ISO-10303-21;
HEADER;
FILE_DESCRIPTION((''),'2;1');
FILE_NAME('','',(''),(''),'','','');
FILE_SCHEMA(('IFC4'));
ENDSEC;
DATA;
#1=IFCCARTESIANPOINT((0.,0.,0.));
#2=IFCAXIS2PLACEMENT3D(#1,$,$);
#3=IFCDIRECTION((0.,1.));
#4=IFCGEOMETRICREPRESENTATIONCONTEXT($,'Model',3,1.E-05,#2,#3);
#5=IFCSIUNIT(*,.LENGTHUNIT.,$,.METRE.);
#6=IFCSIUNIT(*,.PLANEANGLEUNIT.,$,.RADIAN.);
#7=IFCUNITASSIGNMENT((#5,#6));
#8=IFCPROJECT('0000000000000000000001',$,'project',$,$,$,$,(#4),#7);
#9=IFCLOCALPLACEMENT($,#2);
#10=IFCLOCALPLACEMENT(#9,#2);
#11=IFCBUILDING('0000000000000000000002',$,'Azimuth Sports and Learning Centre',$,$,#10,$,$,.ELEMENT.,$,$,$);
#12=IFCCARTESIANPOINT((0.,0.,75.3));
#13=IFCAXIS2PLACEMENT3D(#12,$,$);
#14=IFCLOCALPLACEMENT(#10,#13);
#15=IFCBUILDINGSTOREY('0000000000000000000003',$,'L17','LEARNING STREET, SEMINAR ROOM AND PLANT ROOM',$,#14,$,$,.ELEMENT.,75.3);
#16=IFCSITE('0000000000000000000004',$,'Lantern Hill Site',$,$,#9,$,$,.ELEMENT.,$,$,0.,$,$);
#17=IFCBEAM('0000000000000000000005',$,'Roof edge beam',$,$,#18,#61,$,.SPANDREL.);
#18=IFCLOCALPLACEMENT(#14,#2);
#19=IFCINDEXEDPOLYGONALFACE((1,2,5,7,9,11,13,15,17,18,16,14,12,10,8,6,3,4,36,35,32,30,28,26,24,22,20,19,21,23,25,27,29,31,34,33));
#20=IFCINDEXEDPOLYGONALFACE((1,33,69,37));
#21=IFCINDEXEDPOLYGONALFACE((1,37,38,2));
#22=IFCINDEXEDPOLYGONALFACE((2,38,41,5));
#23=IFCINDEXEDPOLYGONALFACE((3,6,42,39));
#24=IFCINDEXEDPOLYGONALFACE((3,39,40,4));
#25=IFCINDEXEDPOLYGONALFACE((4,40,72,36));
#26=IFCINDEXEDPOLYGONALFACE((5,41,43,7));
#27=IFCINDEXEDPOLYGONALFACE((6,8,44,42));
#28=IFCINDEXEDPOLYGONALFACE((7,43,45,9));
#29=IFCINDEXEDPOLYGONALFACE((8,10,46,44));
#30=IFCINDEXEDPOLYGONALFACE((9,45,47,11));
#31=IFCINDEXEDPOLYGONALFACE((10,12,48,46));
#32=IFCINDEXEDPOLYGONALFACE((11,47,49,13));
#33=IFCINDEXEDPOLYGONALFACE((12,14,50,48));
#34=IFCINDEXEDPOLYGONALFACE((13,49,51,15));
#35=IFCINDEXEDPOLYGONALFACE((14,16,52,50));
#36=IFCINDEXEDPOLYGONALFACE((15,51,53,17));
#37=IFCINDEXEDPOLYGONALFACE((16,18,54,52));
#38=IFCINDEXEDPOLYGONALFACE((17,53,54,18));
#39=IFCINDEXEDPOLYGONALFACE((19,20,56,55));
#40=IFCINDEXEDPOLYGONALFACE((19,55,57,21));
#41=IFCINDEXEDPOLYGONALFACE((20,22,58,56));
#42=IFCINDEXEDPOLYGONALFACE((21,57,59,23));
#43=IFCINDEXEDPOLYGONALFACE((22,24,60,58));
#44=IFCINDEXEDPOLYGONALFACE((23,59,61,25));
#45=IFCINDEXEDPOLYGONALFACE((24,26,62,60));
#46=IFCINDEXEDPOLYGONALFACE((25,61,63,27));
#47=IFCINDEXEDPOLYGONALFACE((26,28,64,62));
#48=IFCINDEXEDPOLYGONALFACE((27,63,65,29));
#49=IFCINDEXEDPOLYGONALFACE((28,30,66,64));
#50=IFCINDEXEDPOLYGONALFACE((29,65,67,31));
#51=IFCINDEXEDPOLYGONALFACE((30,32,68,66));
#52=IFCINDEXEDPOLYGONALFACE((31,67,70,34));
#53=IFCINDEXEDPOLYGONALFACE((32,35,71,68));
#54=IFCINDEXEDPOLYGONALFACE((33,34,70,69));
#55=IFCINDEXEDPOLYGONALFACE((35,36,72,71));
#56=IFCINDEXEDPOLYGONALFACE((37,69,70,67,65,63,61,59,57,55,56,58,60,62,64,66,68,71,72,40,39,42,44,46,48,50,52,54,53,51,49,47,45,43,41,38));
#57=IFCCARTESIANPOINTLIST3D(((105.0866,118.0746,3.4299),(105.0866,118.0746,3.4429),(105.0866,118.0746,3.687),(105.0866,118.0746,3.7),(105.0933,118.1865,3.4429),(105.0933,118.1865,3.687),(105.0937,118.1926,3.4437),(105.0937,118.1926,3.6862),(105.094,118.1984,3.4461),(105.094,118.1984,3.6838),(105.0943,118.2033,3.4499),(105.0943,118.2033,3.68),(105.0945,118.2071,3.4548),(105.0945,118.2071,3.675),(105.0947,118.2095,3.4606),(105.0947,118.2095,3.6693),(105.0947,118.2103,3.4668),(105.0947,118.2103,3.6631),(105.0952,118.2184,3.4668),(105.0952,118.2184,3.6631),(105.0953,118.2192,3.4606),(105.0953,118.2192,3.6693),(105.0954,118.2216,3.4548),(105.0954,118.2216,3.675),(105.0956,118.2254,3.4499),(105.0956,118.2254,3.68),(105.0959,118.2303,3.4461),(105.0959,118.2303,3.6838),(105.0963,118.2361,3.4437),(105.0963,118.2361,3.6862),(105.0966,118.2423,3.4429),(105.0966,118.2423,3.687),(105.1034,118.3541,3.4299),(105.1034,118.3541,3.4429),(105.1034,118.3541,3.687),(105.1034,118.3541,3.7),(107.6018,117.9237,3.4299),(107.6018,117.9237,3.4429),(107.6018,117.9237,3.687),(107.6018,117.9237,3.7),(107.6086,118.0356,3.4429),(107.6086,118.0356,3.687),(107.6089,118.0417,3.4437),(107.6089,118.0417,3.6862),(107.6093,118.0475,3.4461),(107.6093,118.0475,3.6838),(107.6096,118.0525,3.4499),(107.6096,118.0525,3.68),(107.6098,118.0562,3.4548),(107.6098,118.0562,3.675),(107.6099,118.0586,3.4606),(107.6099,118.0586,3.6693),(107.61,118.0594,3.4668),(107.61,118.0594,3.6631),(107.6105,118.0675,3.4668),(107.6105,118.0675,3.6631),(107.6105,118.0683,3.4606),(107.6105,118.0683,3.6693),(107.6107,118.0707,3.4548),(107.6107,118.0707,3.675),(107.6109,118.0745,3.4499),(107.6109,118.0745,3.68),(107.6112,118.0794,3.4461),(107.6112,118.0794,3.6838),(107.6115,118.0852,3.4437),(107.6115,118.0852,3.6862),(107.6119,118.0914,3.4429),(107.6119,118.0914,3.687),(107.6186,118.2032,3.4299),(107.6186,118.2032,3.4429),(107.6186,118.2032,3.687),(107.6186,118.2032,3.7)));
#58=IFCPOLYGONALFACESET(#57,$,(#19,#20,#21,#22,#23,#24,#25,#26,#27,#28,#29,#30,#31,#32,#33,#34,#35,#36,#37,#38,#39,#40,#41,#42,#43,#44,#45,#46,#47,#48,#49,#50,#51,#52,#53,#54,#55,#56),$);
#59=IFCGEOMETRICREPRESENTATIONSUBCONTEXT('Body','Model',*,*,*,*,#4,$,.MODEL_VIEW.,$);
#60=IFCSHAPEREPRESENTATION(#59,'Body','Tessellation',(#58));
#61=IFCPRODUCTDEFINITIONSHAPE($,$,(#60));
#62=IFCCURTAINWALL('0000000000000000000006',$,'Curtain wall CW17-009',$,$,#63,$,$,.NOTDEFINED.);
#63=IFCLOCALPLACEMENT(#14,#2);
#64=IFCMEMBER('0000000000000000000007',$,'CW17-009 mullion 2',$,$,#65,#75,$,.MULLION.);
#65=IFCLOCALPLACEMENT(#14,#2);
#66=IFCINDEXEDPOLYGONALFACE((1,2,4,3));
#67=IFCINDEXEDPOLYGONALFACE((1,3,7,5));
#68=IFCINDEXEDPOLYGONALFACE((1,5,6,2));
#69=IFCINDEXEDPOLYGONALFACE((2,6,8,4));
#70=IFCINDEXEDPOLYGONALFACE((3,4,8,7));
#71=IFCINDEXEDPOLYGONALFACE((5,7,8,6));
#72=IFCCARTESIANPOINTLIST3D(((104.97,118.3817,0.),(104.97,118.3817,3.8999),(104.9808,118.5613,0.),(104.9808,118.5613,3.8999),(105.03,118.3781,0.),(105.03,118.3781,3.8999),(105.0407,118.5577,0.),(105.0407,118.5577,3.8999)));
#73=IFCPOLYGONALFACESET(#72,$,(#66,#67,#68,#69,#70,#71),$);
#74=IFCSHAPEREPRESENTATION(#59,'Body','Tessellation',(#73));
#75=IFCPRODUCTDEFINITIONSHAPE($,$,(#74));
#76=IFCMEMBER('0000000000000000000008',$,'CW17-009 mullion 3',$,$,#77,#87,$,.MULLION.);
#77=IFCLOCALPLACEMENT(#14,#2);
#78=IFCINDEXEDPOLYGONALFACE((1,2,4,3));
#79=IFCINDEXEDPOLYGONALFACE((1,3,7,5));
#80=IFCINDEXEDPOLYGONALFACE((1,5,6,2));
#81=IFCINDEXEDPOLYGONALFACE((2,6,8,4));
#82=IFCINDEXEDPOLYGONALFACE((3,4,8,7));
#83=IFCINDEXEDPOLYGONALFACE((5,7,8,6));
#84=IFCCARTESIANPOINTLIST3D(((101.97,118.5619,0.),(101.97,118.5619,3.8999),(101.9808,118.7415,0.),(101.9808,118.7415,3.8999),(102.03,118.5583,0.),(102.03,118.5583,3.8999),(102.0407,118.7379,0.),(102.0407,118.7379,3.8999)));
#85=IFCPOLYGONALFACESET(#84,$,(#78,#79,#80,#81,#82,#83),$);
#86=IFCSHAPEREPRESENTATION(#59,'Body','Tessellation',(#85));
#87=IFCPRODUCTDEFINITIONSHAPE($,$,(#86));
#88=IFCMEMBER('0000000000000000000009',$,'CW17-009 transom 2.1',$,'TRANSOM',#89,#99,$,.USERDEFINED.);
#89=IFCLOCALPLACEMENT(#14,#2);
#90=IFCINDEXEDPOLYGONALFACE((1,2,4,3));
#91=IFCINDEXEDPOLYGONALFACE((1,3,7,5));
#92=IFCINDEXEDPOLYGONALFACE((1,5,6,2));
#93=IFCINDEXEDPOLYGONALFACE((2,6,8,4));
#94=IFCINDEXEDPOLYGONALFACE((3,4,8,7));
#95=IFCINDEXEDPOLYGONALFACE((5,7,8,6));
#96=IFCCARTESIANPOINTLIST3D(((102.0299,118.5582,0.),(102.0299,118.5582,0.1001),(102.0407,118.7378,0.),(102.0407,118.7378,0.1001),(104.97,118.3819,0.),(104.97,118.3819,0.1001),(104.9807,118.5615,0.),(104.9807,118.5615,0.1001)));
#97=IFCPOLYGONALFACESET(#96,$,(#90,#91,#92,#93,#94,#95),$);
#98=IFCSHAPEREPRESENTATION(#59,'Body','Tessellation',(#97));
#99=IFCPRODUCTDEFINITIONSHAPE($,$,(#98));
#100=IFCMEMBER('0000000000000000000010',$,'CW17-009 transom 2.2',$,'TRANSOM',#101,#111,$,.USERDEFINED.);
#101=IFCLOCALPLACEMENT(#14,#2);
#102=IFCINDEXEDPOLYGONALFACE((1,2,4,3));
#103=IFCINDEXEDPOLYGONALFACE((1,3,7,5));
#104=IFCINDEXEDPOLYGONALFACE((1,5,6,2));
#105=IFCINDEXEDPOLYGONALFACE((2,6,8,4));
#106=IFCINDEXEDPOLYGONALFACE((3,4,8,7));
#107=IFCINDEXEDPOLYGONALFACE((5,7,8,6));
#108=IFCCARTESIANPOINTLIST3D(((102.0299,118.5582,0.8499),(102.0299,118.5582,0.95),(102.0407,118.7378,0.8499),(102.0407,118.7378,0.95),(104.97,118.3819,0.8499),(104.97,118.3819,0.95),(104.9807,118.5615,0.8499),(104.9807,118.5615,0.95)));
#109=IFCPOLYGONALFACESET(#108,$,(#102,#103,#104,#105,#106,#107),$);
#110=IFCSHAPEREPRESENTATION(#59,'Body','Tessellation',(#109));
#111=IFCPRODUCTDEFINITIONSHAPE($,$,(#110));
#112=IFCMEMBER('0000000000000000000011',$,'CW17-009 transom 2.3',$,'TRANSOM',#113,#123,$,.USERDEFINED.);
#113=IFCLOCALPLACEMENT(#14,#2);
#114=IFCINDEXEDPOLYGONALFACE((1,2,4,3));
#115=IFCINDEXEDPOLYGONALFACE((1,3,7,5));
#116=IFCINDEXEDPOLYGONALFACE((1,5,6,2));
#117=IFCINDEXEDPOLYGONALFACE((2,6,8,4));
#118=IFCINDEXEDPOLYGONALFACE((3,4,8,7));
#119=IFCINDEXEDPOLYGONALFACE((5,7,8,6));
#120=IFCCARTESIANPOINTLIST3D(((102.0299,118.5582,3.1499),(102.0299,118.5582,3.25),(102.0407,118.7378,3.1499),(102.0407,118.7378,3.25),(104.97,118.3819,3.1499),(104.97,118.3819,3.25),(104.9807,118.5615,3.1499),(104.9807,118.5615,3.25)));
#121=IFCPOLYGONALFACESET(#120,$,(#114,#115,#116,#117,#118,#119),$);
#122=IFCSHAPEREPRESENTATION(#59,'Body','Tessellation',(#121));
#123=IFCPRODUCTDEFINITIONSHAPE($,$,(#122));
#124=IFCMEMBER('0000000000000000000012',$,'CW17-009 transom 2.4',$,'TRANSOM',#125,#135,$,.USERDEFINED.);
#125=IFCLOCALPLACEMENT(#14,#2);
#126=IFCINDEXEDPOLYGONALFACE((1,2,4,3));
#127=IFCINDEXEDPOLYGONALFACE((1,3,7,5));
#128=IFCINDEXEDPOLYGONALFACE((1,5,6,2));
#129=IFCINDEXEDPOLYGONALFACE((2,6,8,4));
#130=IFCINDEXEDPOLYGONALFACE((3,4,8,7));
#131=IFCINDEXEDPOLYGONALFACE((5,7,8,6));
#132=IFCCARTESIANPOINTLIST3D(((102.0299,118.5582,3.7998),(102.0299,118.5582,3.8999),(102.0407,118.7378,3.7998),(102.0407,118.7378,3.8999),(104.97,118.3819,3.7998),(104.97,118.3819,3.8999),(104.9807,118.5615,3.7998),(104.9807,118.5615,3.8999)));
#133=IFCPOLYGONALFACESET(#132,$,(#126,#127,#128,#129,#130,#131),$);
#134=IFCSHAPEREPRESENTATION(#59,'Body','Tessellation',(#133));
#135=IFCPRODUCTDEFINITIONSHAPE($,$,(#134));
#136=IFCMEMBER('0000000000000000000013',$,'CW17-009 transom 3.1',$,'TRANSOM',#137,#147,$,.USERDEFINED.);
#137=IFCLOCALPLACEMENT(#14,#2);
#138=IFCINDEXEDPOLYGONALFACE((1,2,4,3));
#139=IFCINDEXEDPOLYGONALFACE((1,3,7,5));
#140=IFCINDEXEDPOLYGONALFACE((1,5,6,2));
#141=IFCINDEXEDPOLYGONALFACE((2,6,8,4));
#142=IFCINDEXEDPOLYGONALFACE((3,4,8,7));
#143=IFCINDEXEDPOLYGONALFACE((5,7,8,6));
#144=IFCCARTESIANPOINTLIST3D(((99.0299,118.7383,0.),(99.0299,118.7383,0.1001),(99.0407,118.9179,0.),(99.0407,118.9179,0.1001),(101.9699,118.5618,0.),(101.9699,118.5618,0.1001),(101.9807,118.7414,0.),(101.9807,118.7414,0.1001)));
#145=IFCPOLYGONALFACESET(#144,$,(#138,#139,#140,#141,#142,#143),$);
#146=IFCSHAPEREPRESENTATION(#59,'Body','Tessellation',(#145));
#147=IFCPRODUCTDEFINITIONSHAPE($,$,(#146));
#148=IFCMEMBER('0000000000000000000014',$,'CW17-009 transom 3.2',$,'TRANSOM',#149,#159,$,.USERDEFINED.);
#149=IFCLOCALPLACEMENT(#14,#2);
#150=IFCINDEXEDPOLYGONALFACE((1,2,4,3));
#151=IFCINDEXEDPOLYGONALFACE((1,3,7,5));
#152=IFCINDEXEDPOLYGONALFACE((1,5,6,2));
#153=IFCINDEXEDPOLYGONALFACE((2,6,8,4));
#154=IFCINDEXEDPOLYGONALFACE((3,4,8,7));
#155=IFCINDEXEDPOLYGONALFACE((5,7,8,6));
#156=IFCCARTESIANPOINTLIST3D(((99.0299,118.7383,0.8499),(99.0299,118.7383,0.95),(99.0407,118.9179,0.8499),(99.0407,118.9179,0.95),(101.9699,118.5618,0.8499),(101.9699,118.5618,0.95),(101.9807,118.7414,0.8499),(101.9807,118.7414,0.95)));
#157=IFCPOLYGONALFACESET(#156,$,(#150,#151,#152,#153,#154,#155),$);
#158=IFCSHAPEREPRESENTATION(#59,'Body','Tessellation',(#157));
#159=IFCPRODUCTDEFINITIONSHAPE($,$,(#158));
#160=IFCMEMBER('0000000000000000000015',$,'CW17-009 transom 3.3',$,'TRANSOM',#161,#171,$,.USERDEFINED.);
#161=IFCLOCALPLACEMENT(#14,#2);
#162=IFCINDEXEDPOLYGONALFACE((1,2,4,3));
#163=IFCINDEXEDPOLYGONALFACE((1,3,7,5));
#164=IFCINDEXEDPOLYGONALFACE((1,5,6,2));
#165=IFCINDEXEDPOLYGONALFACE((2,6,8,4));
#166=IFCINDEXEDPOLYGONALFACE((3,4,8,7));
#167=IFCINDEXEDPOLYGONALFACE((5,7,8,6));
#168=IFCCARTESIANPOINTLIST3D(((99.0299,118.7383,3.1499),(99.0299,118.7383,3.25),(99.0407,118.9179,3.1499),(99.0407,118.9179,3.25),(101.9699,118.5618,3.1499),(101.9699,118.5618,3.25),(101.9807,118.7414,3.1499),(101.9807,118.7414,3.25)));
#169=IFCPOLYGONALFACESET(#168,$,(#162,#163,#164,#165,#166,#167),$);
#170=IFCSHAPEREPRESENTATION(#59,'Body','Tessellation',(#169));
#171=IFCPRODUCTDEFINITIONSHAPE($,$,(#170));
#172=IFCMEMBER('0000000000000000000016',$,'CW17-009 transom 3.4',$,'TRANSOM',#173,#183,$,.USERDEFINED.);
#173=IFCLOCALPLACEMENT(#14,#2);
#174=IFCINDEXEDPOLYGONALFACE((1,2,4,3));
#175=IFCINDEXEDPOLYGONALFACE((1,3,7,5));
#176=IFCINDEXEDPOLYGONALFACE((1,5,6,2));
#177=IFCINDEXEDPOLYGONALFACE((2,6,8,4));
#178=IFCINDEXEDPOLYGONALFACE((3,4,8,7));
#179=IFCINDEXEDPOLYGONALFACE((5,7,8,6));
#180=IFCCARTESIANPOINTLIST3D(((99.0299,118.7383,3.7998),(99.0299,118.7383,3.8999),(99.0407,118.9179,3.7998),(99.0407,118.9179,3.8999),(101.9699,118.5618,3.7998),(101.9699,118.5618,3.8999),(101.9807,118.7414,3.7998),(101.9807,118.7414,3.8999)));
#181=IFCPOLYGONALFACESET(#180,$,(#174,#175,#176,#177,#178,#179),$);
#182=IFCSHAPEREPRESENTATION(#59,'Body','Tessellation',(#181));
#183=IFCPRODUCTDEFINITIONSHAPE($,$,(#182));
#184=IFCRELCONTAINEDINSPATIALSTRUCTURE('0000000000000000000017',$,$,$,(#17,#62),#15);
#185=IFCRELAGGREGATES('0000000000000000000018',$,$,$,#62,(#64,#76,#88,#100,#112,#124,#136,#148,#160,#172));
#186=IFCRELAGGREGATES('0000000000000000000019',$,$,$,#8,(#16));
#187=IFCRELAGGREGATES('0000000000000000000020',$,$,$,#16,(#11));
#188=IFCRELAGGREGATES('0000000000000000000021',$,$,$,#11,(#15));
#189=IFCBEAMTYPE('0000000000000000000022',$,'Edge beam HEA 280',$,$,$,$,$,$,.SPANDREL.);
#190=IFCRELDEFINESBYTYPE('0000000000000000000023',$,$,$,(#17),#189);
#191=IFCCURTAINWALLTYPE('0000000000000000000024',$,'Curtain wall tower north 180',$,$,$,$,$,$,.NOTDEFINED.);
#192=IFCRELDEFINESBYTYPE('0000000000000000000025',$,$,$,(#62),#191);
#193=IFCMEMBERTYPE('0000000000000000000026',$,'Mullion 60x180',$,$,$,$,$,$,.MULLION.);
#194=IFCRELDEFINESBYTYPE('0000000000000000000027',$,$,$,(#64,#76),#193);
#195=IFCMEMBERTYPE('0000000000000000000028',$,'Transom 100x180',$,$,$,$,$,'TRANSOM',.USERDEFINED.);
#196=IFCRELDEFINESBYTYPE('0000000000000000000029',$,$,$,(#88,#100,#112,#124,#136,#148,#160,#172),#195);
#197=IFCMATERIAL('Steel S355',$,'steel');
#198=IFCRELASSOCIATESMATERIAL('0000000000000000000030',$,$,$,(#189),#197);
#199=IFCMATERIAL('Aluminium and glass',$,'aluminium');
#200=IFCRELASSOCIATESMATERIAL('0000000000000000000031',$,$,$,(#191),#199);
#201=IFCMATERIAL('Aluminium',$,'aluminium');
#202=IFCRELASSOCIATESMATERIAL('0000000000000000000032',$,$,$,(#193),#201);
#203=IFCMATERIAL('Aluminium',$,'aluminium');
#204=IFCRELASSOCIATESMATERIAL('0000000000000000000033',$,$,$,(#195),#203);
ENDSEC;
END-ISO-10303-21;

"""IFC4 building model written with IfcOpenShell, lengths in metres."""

from ifc_helpers import new_model, si_unit, direction, frame, origin, origin_2d, place, context, subcontext, project, spatial, rectangle, i_section, extrude, material, material_profile, profile_set, type_object, element, aggregate, save


model = new_model("IFC4")

# Units and contexts
model_context = context("Model", 3, precision=1e-05, world=origin(), true_north=direction((0.0, 1.0)))
body_context = subcontext(model_context, "Body", "Model", "MODEL_VIEW")
ifc_project = project(units=[si_unit("LENGTHUNIT", "METRE"), si_unit("PLANEANGLEUNIT", "RADIAN")], contexts=[model_context])

# Site, building, storey
site_placement = place(None, origin())
site = spatial("IfcSite", under=ifc_project, at=site_placement, Name="Lantern Hill Site", CompositionType="ELEMENT", RefElevation=0.0)
building_placement = place(site_placement, origin())
building = spatial("IfcBuilding", under=site, at=building_placement, Name="Azimuth Sports and Learning Centre", CompositionType="ELEMENT")
storey_placement = place(building_placement, frame((0.0, 0.0, 75.3)))
storey = spatial("IfcBuildingStorey", under=building, at=storey_placement, Name="L17", Description="LEARNING STREET, SEMINAR ROOM AND PLANT ROOM", CompositionType="ELEMENT", Elevation=75.3)

# Beam
ifc_material_1 = material(Name="Steel S355", Category="steel")
ifc_material_profile_1 = material_profile(ifc_material_1, i_section(OverallWidth=0.28, OverallDepth=0.27, WebThickness=0.0081, FlangeThickness=0.0129, FilletRadius=0.0239, at=origin_2d()), Name="HEA 280")
ifc_profile_set_1 = profile_set([ifc_material_profile_1], Name="Steel S355")
beam_type_1 = type_object("IfcBeamType", Name="Edge beam HEA 280", PredefinedType="SPANDREL", material=ifc_profile_set_1)
beam_1_placement = place(storey_placement, frame((105.095, 118.2144, 3.5649), z_axis=(0.998206, -0.059881, 0.0), x_axis=(0.059881, 0.998206, 0.0)))
element("IfcBeam", 1, at=beam_1_placement, inside=storey, type_object=beam_type_1, Name="Roof edge beam", PredefinedType="SPANDREL", context=body_context, shape_type="SweptSolid", body=[
    extrude(i_section(OverallWidth=0.28, OverallDepth=0.27, WebThickness=0.0081, FlangeThickness=0.0129, FilletRadius=0.0239, at=origin_2d()), origin(), (0.0, 0.0, 1.0), 2.5198),
])

# Curtain wall, members
ifc_material_2 = material(Name="Aluminium and glass", Category="aluminium")
curtain_wall_type = type_object("IfcCurtainWallType", Name="Curtain wall tower north 180", PredefinedType="NOTDEFINED", material=ifc_material_2)
curtain_wall_placement = place(storey_placement, origin())
curtain_wall = element("IfcCurtainWall", 2, at=curtain_wall_placement, inside=storey, type_object=curtain_wall_type, Name="Curtain wall CW17-009", PredefinedType="NOTDEFINED")
ifc_material_3 = material(Name="Aluminium", Category="aluminium")
ifc_material_profile_2 = material_profile(ifc_material_3, rectangle(XDim=0.1799, YDim=0.0601, at=origin_2d()), Name="Mullion 60x180")
ifc_profile_set_2 = profile_set([ifc_material_profile_2], Name="Aluminium")
member_type_1 = type_object("IfcMemberType", Name="Mullion 60x180", PredefinedType="MULLION", material=ifc_profile_set_2)
member_1_placement = place(storey_placement, frame((105.0054, 118.4697, 0.0), z_axis=(0.0, 0.0, 1.0), x_axis=(-0.059892, -0.998205, 0.0)))
member_1 = element("IfcMember", 3, at=member_1_placement, type_object=member_type_1, Name="CW17-009 mullion 2", PredefinedType="MULLION", context=body_context, shape_type="SweptSolid", body=[
    extrude(rectangle(XDim=0.1799, YDim=0.0601, at=origin_2d()), origin(), (0.0, 0.0, 1.0), 3.8999),
])
member_2_placement = place(storey_placement, frame((102.0054, 118.6499, 0.0), z_axis=(0.0, 0.0, 1.0), x_axis=(-0.059892, -0.998205, 0.0)))
member_2 = element("IfcMember", 4, at=member_2_placement, type_object=member_type_1, Name="CW17-009 mullion 3", PredefinedType="MULLION", context=body_context, shape_type="SweptSolid", body=[
    extrude(rectangle(XDim=0.1799, YDim=0.0601, at=origin_2d()), origin(), (0.0, 0.0, 1.0), 3.8999),
])
ifc_material_4 = material(Name="Aluminium", Category="aluminium")
ifc_material_profile_3 = material_profile(ifc_material_4, rectangle(XDim=0.1799, YDim=0.1001, at=origin_2d()), Name="Transom 100x180")
ifc_profile_set_3 = profile_set([ifc_material_profile_3], Name="Aluminium")
member_type_2 = type_object("IfcMemberType", Name="Transom 100x180", ElementType="TRANSOM", PredefinedType="USERDEFINED", material=ifc_profile_set_3)
member_3_placement = place(storey_placement, frame((104.9753, 118.4717, 0.05), z_axis=(-0.998207, 0.059849, 0.0), x_axis=(-0.059849, -0.998207, 0.0)))
member_3 = element("IfcMember", 5, at=member_3_placement, type_object=member_type_2, Name="CW17-009 transom 2.1", ObjectType="TRANSOM", PredefinedType="USERDEFINED", context=body_context, shape_type="SweptSolid", body=[
    extrude(rectangle(XDim=0.1799, YDim=0.1001, at=origin_2d()), origin(), (0.0, 0.0, 1.0), 2.9453),
])
member_4_placement = place(storey_placement, frame((104.9753, 118.4717, 0.8999), z_axis=(-0.998207, 0.059849, 0.0), x_axis=(-0.059849, -0.998207, 0.0)))
member_4 = element("IfcMember", 6, at=member_4_placement, type_object=member_type_2, Name="CW17-009 transom 2.2", ObjectType="TRANSOM", PredefinedType="USERDEFINED", context=body_context, shape_type="SweptSolid", body=[
    extrude(rectangle(XDim=0.1799, YDim=0.1001, at=origin_2d()), origin(), (0.0, 0.0, 1.0), 2.9453),
])
member_5_placement = place(storey_placement, frame((104.9753, 118.4717, 3.2), z_axis=(-0.998207, 0.059849, 0.0), x_axis=(-0.059849, -0.998207, 0.0)))
member_5 = element("IfcMember", 7, at=member_5_placement, type_object=member_type_2, Name="CW17-009 transom 2.3", ObjectType="TRANSOM", PredefinedType="USERDEFINED", context=body_context, shape_type="SweptSolid", body=[
    extrude(rectangle(XDim=0.1799, YDim=0.1001, at=origin_2d()), origin(), (0.0, 0.0, 1.0), 2.9453),
])
member_6_placement = place(storey_placement, frame((104.9753, 118.4717, 3.8499), z_axis=(-0.998207, 0.059849, 0.0), x_axis=(-0.059849, -0.998207, 0.0)))
member_6 = element("IfcMember", 8, at=member_6_placement, type_object=member_type_2, Name="CW17-009 transom 2.4", ObjectType="TRANSOM", PredefinedType="USERDEFINED", context=body_context, shape_type="SweptSolid", body=[
    extrude(rectangle(XDim=0.1799, YDim=0.1001, at=origin_2d()), origin(), (0.0, 0.0, 1.0), 2.9453),
])
member_7_placement = place(storey_placement, frame((101.9753, 118.6516, 0.05), z_axis=(-0.998202, 0.059932, 0.0), x_axis=(-0.059932, -0.998202, 0.0)))
member_7 = element("IfcMember", 9, at=member_7_placement, type_object=member_type_2, Name="CW17-009 transom 3.1", ObjectType="TRANSOM", PredefinedType="USERDEFINED", context=body_context, shape_type="SweptSolid", body=[
    extrude(rectangle(XDim=0.1799, YDim=0.1001, at=origin_2d()), origin(), (0.0, 0.0, 1.0), 2.9453),
])
member_8_placement = place(storey_placement, frame((101.9753, 118.6516, 0.8999), z_axis=(-0.998202, 0.059932, 0.0), x_axis=(-0.059932, -0.998202, 0.0)))
member_8 = element("IfcMember", 10, at=member_8_placement, type_object=member_type_2, Name="CW17-009 transom 3.2", ObjectType="TRANSOM", PredefinedType="USERDEFINED", context=body_context, shape_type="SweptSolid", body=[
    extrude(rectangle(XDim=0.1799, YDim=0.1001, at=origin_2d()), origin(), (0.0, 0.0, 1.0), 2.9453),
])
member_9_placement = place(storey_placement, frame((101.9753, 118.6516, 3.2), z_axis=(-0.998202, 0.059932, 0.0), x_axis=(-0.059932, -0.998202, 0.0)))
member_9 = element("IfcMember", 11, at=member_9_placement, type_object=member_type_2, Name="CW17-009 transom 3.3", ObjectType="TRANSOM", PredefinedType="USERDEFINED", context=body_context, shape_type="SweptSolid", body=[
    extrude(rectangle(XDim=0.1799, YDim=0.1001, at=origin_2d()), origin(), (0.0, 0.0, 1.0), 2.9453),
])
member_10_placement = place(storey_placement, frame((101.9753, 118.6516, 3.8499), z_axis=(-0.998202, 0.059932, 0.0), x_axis=(-0.059932, -0.998202, 0.0)))
member_10 = element("IfcMember", 12, at=member_10_placement, type_object=member_type_2, Name="CW17-009 transom 3.4", ObjectType="TRANSOM", PredefinedType="USERDEFINED", context=body_context, shape_type="SweptSolid", body=[
    extrude(rectangle(XDim=0.1799, YDim=0.1001, at=origin_2d()), origin(), (0.0, 0.0, 1.0), 2.9453),
])
aggregate(curtain_wall, [member_1, member_2, member_3, member_4, member_5, member_6, member_7, member_8, member_9, member_10])

save(model, "model.ifc")
